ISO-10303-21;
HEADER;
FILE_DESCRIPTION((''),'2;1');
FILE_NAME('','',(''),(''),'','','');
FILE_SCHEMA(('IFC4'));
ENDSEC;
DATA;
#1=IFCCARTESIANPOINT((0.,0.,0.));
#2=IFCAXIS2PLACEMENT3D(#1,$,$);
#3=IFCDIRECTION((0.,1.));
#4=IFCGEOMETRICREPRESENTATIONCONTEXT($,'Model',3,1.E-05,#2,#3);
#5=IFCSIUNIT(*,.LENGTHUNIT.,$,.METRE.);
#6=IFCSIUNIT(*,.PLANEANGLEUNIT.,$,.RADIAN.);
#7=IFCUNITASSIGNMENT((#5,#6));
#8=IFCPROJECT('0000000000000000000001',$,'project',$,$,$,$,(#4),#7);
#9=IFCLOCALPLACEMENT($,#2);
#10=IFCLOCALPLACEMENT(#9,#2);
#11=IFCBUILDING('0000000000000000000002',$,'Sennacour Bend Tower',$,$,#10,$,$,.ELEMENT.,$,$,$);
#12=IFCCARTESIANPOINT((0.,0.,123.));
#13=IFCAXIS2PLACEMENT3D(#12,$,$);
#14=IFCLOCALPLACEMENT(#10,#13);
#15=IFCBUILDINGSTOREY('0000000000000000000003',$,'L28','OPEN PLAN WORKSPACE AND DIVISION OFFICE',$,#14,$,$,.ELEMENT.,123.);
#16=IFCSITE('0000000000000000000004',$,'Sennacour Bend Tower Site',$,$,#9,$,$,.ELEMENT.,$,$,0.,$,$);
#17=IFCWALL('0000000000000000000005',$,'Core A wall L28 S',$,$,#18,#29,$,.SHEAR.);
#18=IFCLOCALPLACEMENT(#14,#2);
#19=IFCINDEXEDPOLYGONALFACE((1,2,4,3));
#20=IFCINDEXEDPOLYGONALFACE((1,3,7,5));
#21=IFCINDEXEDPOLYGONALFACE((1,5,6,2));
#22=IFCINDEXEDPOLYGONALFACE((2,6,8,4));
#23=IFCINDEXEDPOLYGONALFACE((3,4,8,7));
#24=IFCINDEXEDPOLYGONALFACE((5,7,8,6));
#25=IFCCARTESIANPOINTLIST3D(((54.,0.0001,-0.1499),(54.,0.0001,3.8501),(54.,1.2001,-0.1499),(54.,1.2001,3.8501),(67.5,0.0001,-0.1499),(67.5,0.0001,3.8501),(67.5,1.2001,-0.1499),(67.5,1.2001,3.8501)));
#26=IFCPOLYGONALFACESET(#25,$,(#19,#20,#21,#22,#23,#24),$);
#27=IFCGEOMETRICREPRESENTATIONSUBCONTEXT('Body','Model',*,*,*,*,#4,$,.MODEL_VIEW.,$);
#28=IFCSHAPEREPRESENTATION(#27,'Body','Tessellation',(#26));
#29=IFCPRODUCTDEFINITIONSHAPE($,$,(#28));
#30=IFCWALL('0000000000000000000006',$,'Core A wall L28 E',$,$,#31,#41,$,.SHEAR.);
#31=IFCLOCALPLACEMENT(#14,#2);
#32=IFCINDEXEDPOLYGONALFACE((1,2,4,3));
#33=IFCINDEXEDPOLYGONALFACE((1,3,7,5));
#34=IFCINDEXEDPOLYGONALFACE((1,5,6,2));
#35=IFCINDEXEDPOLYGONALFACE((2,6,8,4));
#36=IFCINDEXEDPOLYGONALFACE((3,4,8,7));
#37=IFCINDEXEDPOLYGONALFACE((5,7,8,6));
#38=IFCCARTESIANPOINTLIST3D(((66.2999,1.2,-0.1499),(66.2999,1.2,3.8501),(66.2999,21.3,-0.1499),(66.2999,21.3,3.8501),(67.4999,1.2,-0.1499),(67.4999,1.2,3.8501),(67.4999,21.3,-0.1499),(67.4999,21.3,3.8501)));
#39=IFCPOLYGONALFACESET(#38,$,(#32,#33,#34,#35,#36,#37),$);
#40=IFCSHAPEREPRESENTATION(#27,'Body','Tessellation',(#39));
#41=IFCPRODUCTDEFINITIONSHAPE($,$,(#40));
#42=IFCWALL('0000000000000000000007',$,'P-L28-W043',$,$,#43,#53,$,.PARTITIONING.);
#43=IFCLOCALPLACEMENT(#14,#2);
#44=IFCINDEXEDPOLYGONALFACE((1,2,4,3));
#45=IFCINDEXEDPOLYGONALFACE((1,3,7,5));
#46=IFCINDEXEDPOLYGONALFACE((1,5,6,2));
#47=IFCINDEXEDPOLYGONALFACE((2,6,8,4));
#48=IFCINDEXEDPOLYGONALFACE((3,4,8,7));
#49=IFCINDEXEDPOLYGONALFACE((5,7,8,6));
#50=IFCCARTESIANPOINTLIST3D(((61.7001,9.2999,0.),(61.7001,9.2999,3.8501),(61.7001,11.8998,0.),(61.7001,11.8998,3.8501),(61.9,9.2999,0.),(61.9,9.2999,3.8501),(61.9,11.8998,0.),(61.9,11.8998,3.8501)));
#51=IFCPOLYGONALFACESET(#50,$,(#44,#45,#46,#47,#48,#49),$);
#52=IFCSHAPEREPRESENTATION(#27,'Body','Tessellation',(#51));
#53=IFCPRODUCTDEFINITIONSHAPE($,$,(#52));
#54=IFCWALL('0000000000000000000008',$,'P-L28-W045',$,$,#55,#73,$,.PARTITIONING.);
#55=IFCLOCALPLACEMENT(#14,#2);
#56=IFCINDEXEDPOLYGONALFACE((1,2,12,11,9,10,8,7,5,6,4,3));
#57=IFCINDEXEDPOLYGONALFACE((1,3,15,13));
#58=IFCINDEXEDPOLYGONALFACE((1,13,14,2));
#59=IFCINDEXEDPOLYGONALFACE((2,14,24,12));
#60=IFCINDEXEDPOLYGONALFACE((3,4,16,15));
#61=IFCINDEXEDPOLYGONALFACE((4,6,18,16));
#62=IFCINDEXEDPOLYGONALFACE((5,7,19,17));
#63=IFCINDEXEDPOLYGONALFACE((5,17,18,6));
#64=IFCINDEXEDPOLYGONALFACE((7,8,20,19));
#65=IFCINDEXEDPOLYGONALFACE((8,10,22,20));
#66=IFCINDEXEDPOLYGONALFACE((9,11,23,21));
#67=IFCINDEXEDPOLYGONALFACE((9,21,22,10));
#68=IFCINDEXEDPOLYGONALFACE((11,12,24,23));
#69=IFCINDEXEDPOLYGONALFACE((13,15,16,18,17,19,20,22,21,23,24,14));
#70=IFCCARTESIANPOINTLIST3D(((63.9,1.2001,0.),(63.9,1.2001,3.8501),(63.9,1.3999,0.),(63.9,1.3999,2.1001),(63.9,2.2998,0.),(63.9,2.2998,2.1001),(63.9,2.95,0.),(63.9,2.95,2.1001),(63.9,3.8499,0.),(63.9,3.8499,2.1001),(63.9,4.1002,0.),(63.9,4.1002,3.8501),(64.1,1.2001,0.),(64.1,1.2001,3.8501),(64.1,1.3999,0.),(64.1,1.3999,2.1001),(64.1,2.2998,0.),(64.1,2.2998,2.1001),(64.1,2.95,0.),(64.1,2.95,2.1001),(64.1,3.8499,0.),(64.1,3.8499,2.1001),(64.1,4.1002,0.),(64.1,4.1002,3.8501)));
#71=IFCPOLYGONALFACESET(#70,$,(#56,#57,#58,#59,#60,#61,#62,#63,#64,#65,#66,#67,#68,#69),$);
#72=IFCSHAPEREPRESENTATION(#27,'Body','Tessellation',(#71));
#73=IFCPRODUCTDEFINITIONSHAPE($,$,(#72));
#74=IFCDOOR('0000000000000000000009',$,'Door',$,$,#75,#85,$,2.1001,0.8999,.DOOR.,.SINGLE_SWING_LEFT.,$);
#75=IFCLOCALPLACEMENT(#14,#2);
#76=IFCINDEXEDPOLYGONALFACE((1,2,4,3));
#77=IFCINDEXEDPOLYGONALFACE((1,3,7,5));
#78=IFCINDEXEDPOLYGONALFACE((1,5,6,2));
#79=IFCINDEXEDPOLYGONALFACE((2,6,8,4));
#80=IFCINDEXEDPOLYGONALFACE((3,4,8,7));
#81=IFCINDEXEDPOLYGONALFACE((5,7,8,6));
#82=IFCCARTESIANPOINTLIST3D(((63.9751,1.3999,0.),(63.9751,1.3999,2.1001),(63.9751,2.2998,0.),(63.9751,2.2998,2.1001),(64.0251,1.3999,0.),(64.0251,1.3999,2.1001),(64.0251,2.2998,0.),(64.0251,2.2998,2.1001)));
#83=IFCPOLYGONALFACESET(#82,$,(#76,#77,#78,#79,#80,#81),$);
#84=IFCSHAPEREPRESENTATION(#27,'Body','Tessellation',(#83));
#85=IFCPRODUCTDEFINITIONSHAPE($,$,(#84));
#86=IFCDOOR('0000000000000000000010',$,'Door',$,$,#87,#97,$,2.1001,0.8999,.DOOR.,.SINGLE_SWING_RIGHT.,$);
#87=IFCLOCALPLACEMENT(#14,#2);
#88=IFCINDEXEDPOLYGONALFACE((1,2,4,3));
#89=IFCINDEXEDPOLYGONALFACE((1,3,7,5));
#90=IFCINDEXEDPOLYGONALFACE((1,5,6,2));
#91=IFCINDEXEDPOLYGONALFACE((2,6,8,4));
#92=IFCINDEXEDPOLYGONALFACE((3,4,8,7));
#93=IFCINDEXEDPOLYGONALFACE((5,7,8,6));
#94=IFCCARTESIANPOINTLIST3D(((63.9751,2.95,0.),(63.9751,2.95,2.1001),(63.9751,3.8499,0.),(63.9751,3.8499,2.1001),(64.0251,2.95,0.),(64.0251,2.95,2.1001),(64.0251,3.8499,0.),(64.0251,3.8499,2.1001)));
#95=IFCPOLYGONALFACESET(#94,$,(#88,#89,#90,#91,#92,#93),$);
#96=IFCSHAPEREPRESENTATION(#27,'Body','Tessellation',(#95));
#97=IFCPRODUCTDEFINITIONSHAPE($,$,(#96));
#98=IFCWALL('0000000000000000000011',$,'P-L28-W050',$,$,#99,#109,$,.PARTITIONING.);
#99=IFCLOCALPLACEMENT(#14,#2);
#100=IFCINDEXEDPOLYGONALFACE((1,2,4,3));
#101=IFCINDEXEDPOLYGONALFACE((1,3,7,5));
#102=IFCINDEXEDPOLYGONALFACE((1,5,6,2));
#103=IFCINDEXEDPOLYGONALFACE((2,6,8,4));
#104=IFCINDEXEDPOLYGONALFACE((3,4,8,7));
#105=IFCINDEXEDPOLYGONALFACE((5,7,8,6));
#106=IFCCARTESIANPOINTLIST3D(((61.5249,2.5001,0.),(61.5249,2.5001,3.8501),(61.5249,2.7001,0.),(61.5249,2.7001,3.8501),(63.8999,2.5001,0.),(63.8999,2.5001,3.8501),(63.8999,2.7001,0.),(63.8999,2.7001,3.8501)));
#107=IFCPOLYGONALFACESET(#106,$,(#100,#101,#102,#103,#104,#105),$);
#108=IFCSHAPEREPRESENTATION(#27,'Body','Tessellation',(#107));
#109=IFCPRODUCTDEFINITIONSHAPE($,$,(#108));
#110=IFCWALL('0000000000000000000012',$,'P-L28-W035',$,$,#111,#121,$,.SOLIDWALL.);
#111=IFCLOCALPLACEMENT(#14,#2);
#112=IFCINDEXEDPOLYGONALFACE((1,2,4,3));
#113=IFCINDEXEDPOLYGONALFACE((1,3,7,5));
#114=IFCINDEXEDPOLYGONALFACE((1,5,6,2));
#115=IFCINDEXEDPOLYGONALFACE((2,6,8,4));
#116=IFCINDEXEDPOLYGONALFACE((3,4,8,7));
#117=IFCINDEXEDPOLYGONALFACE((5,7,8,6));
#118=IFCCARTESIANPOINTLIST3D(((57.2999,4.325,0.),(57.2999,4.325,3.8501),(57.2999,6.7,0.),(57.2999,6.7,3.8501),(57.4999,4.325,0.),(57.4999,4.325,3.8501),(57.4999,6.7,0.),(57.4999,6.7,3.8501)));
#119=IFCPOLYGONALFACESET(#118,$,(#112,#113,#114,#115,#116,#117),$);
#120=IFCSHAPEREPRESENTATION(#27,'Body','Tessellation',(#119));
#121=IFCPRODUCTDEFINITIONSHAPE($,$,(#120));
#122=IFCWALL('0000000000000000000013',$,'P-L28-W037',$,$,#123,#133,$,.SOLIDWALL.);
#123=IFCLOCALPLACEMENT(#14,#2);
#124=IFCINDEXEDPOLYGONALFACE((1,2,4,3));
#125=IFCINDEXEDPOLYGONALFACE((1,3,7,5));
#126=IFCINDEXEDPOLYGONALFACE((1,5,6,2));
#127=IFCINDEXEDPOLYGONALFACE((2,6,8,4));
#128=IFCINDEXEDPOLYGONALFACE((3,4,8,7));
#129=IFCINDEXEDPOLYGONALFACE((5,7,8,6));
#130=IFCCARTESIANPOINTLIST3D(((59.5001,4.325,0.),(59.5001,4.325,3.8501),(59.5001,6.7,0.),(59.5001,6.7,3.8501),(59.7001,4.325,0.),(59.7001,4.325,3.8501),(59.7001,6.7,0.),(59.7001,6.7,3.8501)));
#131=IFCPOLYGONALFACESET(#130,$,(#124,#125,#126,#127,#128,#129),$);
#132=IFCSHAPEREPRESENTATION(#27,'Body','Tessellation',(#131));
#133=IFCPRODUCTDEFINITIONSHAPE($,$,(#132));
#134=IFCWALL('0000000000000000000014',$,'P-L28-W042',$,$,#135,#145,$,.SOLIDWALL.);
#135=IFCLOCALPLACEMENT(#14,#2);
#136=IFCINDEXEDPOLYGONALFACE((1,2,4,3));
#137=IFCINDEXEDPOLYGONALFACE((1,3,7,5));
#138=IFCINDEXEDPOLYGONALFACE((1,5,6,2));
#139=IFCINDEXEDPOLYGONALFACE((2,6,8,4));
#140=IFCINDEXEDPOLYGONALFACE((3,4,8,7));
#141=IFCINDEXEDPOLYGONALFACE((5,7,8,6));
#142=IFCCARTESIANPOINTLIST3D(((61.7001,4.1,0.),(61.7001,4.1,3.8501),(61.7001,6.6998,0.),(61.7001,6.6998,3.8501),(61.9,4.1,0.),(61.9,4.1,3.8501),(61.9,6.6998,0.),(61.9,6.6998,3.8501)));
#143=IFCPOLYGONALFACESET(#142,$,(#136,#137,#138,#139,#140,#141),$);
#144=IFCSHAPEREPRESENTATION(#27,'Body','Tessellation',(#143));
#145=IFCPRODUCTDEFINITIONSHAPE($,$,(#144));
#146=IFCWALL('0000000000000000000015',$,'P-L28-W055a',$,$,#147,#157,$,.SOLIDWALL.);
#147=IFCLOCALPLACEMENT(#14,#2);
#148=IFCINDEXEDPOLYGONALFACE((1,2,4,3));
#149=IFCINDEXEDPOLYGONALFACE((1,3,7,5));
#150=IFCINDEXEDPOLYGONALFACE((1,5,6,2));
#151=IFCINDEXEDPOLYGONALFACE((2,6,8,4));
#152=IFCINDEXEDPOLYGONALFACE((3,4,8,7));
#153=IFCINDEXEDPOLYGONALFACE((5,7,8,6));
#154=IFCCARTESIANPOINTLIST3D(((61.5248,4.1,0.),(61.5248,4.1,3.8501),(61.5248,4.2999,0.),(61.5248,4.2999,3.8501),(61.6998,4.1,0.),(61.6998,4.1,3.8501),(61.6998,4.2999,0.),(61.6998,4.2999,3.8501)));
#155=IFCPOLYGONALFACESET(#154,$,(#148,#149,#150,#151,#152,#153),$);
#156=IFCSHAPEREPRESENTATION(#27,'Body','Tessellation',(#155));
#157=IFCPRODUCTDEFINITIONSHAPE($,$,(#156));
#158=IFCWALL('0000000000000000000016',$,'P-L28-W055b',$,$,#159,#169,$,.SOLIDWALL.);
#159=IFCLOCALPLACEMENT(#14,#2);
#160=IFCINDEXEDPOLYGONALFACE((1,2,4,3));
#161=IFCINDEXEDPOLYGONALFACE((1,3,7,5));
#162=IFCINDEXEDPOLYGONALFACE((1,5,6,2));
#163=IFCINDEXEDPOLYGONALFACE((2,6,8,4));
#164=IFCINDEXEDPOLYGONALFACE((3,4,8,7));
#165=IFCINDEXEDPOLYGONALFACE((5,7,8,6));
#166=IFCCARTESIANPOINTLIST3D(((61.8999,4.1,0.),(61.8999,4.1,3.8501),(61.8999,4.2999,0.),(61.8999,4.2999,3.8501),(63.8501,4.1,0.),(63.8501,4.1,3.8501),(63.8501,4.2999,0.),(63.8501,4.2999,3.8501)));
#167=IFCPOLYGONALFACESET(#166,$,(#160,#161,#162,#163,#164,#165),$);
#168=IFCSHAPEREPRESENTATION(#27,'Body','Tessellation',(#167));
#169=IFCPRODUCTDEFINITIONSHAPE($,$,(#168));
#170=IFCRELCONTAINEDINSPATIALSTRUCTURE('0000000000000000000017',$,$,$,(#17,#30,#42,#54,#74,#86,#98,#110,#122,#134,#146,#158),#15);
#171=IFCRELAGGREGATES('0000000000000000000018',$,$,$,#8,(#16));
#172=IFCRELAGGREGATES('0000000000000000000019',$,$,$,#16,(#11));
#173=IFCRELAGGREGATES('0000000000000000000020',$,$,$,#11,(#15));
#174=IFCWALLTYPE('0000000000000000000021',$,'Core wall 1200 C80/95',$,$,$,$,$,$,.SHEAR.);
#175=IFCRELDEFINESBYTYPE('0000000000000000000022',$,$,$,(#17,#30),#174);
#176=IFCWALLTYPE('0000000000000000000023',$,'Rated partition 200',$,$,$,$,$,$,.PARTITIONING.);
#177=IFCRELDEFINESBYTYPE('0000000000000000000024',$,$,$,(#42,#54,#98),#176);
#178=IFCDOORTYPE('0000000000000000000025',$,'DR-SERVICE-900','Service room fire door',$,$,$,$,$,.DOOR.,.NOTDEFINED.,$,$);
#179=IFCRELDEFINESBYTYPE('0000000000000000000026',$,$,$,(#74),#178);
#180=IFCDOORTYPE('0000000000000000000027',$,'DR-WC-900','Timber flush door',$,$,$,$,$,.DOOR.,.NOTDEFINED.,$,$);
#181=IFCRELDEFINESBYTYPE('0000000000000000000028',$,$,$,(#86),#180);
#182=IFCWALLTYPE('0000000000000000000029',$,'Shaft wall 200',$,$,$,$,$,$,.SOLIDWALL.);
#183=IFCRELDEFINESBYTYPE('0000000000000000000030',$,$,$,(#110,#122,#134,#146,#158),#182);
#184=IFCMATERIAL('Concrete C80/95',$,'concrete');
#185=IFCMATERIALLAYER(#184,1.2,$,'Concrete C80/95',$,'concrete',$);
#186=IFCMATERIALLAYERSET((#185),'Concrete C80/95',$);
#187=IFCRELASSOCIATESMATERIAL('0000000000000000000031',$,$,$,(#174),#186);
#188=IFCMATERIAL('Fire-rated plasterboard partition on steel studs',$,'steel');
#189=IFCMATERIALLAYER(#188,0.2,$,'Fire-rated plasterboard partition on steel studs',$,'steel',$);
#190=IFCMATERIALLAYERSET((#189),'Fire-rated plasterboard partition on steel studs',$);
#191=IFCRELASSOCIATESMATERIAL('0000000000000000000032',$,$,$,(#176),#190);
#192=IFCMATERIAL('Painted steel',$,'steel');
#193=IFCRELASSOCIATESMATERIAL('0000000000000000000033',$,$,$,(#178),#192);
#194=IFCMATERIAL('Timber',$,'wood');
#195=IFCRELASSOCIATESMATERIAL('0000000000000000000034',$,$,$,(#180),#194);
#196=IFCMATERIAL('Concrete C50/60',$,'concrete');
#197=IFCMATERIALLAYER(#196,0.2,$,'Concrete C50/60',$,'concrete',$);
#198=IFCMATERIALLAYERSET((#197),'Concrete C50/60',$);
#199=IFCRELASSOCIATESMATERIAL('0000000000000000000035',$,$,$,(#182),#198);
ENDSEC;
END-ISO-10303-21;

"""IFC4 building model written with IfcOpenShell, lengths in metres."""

from ifc_helpers import new_model, si_unit, direction, frame, frame_2d, origin, place, context, subcontext, project, spatial, rectangle, extrude, material, layer, layer_set, type_object, element, fill, save


model = new_model("IFC4")

# Units and contexts
model_context = context("Model", 3, precision=1e-05, world=origin(), true_north=direction((0.0, 1.0)))
body_context = subcontext(model_context, "Body", "Model", "MODEL_VIEW")
ifc_project = project(units=[si_unit("LENGTHUNIT", "METRE"), si_unit("PLANEANGLEUNIT", "RADIAN")], contexts=[model_context])

# Site, building, storey
site_placement = place(None, origin())
site = spatial("IfcSite", under=ifc_project, at=site_placement, Name="Sennacour Bend Tower Site", CompositionType="ELEMENT", RefElevation=0.0)
building_placement = place(site_placement, origin())
building = spatial("IfcBuilding", under=site, at=building_placement, Name="Sennacour Bend Tower", CompositionType="ELEMENT")
storey_placement = place(building_placement, frame((0.0, 0.0, 123.0)))
storey = spatial("IfcBuildingStorey", under=building, at=storey_placement, Name="L28", Description="OPEN PLAN WORKSPACE AND DIVISION OFFICE", CompositionType="ELEMENT", Elevation=123.0)

# Walls
ifc_material_1 = material(Name="Concrete C80/95", Category="concrete")
ifc_layer_1 = layer(ifc_material_1, 1.2, Name="Concrete C80/95", Category="concrete")
ifc_layer_set_1 = layer_set([ifc_layer_1], Name="Concrete C80/95")
wall_type_1 = type_object("IfcWallType", Name="Core wall 1200 C80/95", PredefinedType="SHEAR", material=ifc_layer_set_1)
wall_1_placement = place(storey_placement, frame((67.5, 0.6001, -0.1499), z_axis=(0.0, 0.0, 1.0), x_axis=(-1.0, 0.0, 0.0)))
element("IfcWall", 1, at=wall_1_placement, inside=storey, type_object=wall_type_1, Name="Core A wall L28 S", PredefinedType="SHEAR", context=body_context, shape_type="SweptSolid", body=[
    extrude(rectangle(XDim=13.5, YDim=1.2, at=frame_2d((6.75, 0.0))), origin(), (0.0, 0.0, 1.0), 4.0),
])
wall_2_placement = place(storey_placement, frame((66.8999, 1.2, -0.1499), z_axis=(0.0, 0.0, 1.0), x_axis=(0.0, 1.0, 0.0)))
element("IfcWall", 2, at=wall_2_placement, inside=storey, type_object=wall_type_1, Name="Core A wall L28 E", PredefinedType="SHEAR", context=body_context, shape_type="SweptSolid", body=[
    extrude(rectangle(XDim=20.1001, YDim=1.2, at=frame_2d((10.05, 0.0))), origin(), (0.0, 0.0, 1.0), 4.0),
])
ifc_material_2 = material(Name="Fire-rated plasterboard partition on steel studs", Category="steel")
ifc_layer_2 = layer(ifc_material_2, 0.2, Name="Fire-rated plasterboard partition on steel studs", Category="steel")
ifc_layer_set_2 = layer_set([ifc_layer_2], Name="Fire-rated plasterboard partition on steel studs")
wall_type_2 = type_object("IfcWallType", Name="Rated partition 200", PredefinedType="PARTITIONING", material=ifc_layer_set_2)
wall_3_placement = place(storey_placement, frame((61.8, 9.3, 0.0), z_axis=(0.0, 0.0, 1.0), x_axis=(0.0, 1.0, 0.0)))
element("IfcWall", 3, at=wall_3_placement, inside=storey, type_object=wall_type_2, Name="P-L28-W043", PredefinedType="PARTITIONING", context=body_context, shape_type="SweptSolid", body=[
    extrude(rectangle(XDim=2.5999, YDim=0.2, at=frame_2d((1.2998, 0.0))), origin(), (0.0, 0.0, 1.0), 3.8501),
])

# Wall, openings, doors
wall_4_placement = place(storey_placement, frame((64.0, 1.2, 0.0), z_axis=(0.0, 0.0, 1.0), x_axis=(0.0, 1.0, 0.0)))
wall_4 = element("IfcWall", 4, at=wall_4_placement, inside=storey, type_object=wall_type_2, Name="P-L28-W045", PredefinedType="PARTITIONING", context=body_context, shape_type="SweptSolid", body=[
    extrude(rectangle(XDim=2.9001, YDim=0.2, at=frame_2d((1.4502, 0.0))), origin(), (0.0, 0.0, 1.0), 3.8501),
])
opening_1_placement = place(wall_4_placement, frame((0.2, 0.0, 0.0)))
opening_1 = element("IfcOpeningElement", 5, at=opening_1_placement, cuts=wall_4, PredefinedType="OPENING", context=body_context, shape_type="SweptSolid", body=[
    extrude(rectangle(XDim=0.8999, YDim=2.1001, at=frame_2d((0.45, 1.05))), frame((0.0, 0.1099, 0.0), z_axis=(0.0, -1.0, 0.0), x_axis=(1.0, 0.0, 0.0)), (0.0, 0.0, 1.0), 0.22),
])
opening_2_placement = place(wall_4_placement, frame((1.75, 0.0, 0.0)))
opening_2 = element("IfcOpeningElement", 6, at=opening_2_placement, cuts=wall_4, PredefinedType="OPENING", context=body_context, shape_type="SweptSolid", body=[
    extrude(rectangle(XDim=0.8999, YDim=2.1001, at=frame_2d((0.45, 1.05))), frame((0.0, 0.1099, 0.0), z_axis=(0.0, -1.0, 0.0), x_axis=(1.0, 0.0, 0.0)), (0.0, 0.0, 1.0), 0.22),
])
ifc_material_3 = material(Name="Painted steel", Category="steel")
door_type_1 = type_object("IfcDoorType", Name="DR-SERVICE-900", Description="Service room fire door", OperationType="NOTDEFINED", PredefinedType="DOOR", material=ifc_material_3)
door_1_placement = place(opening_1_placement, origin())
door_1 = element("IfcDoor", 7, at=door_1_placement, inside=storey, type_object=door_type_1, Name="Door", OperationType="SINGLE_SWING_LEFT", OverallHeight=2.1001, OverallWidth=0.8999, PredefinedType="DOOR", context=body_context, shape_type="SweptSolid", body=[
    extrude(rectangle(XDim=0.8999, YDim=2.1001, at=frame_2d((0.45, 1.05))), frame((0.0, 0.0249, 0.0), z_axis=(0.0, -1.0, 0.0), x_axis=(1.0, 0.0, 0.0)), (0.0, 0.0, 1.0), 0.05),
])
fill(opening_1, door_1)
ifc_material_4 = material(Name="Timber", Category="wood")
door_type_2 = type_object("IfcDoorType", Name="DR-WC-900", Description="Timber flush door", OperationType="NOTDEFINED", PredefinedType="DOOR", material=ifc_material_4)
door_2_placement = place(opening_2_placement, origin())
door_2 = element("IfcDoor", 8, at=door_2_placement, inside=storey, type_object=door_type_2, Name="Door", OperationType="SINGLE_SWING_RIGHT", OverallHeight=2.1001, OverallWidth=0.8999, PredefinedType="DOOR", context=body_context, shape_type="SweptSolid", body=[
    extrude(rectangle(XDim=0.8999, YDim=2.1001, at=frame_2d((0.45, 1.05))), frame((0.0, 0.0249, 0.0), z_axis=(0.0, -1.0, 0.0), x_axis=(1.0, 0.0, 0.0)), (0.0, 0.0, 1.0), 0.05),
])
fill(opening_2, door_2)

# Walls
wall_5_placement = place(storey_placement, frame((61.5249, 2.6001, 0.0), z_axis=(0.0, 0.0, 1.0), x_axis=(1.0, 0.0, 0.0)))
element("IfcWall", 9, at=wall_5_placement, inside=storey, type_object=wall_type_2, Name="P-L28-W050", PredefinedType="PARTITIONING", context=body_context, shape_type="SweptSolid", body=[
    extrude(rectangle(XDim=2.375, YDim=0.2, at=frame_2d((1.1875, 0.0))), origin(), (0.0, 0.0, 1.0), 3.8501),
])
ifc_material_5 = material(Name="Concrete C50/60", Category="concrete")
ifc_layer_3 = layer(ifc_material_5, 0.2, Name="Concrete C50/60", Category="concrete")
ifc_layer_set_3 = layer_set([ifc_layer_3], Name="Concrete C50/60")
wall_type_3 = type_object("IfcWallType", Name="Shaft wall 200", PredefinedType="SOLIDWALL", material=ifc_layer_set_3)
for number, where, z_axis, x_axis, name in (
    (10, (57.3999, 4.325, 0.0), (0.0, 0.0, 1.0), (0.0, 1.0, 0.0), "P-L28-W035"),
    (11, (59.6001, 4.325, 0.0), (0.0, 0.0, 1.0), (0.0, 1.0, 0.0), "P-L28-W037"),
):
    element("IfcWall", number, at=place(storey_placement, frame(where, z_axis=z_axis, x_axis=x_axis)), inside=storey, type_object=wall_type_3, Name=name, PredefinedType="SOLIDWALL", context=body_context, shape_type="SweptSolid", body=[
        extrude(rectangle(XDim=2.375, YDim=0.2, at=frame_2d((1.1875, 0.0))), origin(), (0.0, 0.0, 1.0), 3.8501),
    ])
wall_6_placement = place(storey_placement, frame((61.8, 4.1001, 0.0), z_axis=(0.0, 0.0, 1.0), x_axis=(0.0, 1.0, 0.0)))
element("IfcWall", 12, at=wall_6_placement, inside=storey, type_object=wall_type_3, Name="P-L28-W042", PredefinedType="SOLIDWALL", context=body_context, shape_type="SweptSolid", body=[
    extrude(rectangle(XDim=2.5999, YDim=0.2, at=frame_2d((1.2998, 0.0))), origin(), (0.0, 0.0, 1.0), 3.8501),
])
wall_7_placement = place(storey_placement, frame((61.5249, 4.2, 0.0), z_axis=(0.0, 0.0, 1.0), x_axis=(1.0, 0.0, 0.0)))
element("IfcWall", 13, at=wall_7_placement, inside=storey, type_object=wall_type_3, Name="P-L28-W055a", PredefinedType="SOLIDWALL", context=body_context, shape_type="SweptSolid", body=[
    extrude(rectangle(XDim=0.175, YDim=0.2, at=frame_2d((0.0874, 0.0))), origin(), (0.0, 0.0, 1.0), 3.8501),
])
wall_8_placement = place(storey_placement, frame((61.8999, 4.2, 0.0), z_axis=(0.0, 0.0, 1.0), x_axis=(1.0, 0.0, 0.0)))
element("IfcWall", 14, at=wall_8_placement, inside=storey, type_object=wall_type_3, Name="P-L28-W055b", PredefinedType="SOLIDWALL", context=body_context, shape_type="SweptSolid", body=[
    extrude(rectangle(XDim=1.9502, YDim=0.2, at=frame_2d((0.9751, 0.0))), origin(), (0.0, 0.0, 1.0), 3.8501),
])

save(model, "model.ifc")
